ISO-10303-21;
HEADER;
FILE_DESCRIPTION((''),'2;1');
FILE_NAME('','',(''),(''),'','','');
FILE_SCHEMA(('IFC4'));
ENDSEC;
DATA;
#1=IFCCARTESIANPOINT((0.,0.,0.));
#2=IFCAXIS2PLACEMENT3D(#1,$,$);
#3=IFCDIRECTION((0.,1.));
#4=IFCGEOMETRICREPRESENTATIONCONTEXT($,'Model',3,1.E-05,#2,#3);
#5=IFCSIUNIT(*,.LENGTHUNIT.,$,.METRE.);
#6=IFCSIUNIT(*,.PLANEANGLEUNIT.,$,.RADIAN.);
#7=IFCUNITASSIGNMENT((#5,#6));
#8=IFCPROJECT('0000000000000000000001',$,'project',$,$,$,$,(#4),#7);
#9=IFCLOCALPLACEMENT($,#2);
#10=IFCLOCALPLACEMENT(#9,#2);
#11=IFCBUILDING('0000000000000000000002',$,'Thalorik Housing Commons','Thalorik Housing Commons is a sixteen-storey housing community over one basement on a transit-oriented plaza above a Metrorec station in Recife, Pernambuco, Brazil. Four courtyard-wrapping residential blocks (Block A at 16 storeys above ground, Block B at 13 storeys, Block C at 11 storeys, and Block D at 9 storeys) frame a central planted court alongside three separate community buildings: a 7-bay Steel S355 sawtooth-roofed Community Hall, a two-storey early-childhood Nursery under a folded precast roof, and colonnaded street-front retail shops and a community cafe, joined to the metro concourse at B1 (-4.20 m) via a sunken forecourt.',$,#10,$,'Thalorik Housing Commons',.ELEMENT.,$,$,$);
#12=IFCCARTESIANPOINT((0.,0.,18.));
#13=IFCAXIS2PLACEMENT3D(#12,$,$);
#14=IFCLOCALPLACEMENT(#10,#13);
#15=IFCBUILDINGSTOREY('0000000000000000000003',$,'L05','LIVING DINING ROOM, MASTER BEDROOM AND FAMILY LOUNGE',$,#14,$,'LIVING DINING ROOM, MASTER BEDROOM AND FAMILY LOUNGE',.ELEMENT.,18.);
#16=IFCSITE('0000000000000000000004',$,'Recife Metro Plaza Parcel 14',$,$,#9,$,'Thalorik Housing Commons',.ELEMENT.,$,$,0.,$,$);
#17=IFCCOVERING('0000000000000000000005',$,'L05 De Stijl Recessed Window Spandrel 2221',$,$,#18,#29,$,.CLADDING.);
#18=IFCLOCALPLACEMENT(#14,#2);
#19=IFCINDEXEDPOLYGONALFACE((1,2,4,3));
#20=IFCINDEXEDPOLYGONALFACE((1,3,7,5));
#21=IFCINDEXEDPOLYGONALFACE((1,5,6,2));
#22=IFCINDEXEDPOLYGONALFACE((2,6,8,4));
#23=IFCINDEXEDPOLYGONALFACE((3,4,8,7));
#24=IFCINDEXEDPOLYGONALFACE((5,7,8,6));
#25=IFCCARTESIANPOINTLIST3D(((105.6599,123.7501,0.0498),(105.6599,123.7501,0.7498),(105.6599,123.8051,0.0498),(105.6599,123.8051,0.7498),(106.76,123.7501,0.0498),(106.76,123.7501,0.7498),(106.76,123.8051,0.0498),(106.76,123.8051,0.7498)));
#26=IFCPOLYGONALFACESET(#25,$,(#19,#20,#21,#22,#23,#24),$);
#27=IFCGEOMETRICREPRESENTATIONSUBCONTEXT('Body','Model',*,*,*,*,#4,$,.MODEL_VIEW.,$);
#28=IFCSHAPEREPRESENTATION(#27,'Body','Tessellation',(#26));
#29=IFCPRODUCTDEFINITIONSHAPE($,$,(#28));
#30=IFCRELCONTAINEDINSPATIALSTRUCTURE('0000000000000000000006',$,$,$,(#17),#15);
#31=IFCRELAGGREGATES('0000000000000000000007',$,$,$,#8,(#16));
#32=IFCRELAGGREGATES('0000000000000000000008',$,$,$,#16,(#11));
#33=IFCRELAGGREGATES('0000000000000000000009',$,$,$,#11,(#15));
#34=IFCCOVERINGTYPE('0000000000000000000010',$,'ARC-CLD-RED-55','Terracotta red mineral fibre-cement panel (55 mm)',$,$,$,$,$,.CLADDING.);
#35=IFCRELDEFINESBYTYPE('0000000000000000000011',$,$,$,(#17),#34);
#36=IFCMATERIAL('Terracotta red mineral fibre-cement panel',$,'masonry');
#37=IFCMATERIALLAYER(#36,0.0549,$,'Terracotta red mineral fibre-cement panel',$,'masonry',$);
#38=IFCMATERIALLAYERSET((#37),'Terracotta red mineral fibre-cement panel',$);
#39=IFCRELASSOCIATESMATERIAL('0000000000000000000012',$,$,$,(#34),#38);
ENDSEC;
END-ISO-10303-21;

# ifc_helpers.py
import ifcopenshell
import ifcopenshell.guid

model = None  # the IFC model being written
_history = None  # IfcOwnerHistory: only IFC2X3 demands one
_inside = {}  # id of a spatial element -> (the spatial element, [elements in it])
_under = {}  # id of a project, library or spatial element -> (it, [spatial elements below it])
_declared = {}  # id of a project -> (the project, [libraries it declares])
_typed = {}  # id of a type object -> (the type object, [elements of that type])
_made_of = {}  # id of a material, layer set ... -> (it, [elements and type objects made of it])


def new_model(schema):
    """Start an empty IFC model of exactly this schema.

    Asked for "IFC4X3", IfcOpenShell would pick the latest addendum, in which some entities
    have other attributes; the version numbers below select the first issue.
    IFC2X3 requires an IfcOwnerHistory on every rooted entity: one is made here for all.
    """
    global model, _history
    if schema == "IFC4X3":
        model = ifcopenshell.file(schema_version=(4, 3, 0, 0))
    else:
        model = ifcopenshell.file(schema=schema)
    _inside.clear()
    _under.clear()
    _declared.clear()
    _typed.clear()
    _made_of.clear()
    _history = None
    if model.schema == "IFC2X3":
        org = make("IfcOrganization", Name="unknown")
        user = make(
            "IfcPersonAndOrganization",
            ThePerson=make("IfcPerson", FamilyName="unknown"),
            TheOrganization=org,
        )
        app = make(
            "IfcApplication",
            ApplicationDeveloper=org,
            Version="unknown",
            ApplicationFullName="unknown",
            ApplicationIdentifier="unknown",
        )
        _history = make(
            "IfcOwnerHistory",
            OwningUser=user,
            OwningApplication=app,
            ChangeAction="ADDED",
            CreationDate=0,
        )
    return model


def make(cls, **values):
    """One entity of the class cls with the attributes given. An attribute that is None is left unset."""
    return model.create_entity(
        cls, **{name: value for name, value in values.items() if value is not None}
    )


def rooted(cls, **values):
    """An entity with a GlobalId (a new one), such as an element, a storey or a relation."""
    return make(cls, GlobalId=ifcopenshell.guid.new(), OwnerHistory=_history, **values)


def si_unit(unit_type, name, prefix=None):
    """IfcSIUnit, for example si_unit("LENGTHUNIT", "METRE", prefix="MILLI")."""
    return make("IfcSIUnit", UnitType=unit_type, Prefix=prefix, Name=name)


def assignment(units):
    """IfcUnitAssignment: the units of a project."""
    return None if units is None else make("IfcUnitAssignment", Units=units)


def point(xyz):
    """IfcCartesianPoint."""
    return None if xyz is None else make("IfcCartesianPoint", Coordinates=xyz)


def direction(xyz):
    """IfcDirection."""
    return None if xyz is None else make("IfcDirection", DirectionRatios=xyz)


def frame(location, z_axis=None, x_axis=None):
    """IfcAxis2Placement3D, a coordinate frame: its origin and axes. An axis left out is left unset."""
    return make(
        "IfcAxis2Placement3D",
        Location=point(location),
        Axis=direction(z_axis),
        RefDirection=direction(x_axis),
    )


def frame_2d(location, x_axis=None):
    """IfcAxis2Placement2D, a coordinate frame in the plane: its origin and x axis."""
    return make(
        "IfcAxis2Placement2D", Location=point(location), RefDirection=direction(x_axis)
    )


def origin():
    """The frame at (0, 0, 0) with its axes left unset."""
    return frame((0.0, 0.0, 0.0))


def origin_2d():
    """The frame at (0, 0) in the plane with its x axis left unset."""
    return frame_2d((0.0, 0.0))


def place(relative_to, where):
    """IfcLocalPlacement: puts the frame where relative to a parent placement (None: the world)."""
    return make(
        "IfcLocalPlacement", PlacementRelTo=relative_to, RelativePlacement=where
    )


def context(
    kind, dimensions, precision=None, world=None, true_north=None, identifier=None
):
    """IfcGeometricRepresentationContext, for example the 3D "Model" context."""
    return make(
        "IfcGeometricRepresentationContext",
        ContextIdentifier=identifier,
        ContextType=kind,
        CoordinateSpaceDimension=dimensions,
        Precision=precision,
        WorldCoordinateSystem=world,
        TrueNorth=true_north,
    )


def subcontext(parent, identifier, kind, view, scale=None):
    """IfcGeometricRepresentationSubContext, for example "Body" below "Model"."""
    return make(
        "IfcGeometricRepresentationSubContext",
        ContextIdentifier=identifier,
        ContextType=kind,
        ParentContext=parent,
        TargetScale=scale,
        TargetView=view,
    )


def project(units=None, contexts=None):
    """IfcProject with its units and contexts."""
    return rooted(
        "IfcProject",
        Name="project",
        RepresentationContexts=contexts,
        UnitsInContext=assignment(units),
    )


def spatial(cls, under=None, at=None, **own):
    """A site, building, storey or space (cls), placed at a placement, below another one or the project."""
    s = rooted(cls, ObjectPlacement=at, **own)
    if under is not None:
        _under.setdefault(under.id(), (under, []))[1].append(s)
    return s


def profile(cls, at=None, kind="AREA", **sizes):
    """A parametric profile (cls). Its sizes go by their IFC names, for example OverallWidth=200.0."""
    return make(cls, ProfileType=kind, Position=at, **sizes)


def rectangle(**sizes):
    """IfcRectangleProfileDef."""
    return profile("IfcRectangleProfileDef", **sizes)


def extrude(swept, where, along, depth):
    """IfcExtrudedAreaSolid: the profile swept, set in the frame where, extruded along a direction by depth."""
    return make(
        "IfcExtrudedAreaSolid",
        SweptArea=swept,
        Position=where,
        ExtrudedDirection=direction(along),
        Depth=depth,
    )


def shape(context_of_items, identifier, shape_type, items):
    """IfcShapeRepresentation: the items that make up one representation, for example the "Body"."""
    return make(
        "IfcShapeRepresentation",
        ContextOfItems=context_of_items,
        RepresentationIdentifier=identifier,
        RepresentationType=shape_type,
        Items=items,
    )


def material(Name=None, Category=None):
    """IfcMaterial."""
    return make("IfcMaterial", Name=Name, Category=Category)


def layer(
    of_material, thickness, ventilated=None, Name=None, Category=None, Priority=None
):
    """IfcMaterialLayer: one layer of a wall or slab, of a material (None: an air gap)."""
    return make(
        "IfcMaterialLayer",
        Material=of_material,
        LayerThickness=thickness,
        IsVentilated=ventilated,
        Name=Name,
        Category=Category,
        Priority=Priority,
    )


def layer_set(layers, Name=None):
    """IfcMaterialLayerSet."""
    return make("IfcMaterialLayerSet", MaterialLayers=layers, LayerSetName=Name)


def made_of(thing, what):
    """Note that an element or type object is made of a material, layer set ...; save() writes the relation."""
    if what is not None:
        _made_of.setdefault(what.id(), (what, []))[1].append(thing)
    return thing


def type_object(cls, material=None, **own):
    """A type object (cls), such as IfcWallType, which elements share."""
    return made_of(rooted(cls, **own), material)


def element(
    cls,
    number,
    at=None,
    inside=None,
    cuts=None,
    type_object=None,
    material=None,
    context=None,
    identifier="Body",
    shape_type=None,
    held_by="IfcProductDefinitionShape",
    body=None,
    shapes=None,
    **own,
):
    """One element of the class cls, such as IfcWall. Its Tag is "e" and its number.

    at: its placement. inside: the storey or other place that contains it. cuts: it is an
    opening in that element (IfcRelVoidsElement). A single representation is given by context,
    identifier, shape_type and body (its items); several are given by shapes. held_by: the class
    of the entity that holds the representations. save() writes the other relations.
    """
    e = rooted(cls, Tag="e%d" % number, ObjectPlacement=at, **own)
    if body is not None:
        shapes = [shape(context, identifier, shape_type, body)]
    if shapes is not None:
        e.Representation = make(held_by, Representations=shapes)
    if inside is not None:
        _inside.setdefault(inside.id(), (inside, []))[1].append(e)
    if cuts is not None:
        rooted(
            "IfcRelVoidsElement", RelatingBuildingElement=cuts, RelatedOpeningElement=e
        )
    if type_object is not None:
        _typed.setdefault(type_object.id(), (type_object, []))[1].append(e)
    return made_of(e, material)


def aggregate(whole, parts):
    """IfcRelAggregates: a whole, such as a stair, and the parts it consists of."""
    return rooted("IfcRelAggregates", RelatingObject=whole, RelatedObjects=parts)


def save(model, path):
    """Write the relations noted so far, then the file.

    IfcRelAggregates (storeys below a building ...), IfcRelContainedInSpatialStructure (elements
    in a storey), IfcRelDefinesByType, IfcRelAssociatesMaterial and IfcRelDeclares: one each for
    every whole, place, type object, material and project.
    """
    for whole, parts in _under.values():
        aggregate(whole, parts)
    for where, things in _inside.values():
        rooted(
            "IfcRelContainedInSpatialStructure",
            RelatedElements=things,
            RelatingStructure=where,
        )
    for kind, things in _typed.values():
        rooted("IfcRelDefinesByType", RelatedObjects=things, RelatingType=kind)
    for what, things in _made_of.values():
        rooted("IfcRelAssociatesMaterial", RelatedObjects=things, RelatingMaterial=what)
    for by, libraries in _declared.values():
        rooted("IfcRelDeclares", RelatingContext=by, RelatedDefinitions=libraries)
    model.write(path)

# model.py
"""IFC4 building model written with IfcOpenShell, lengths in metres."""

from ifc_helpers import new_model, si_unit, direction, frame, origin, origin_2d, place, context, subcontext, project, spatial, rectangle, extrude, material, layer, layer_set, type_object, element, save


model = new_model("IFC4")

# Units and contexts
model_context = context("Model", 3, precision=1e-05, world=origin(), true_north=direction((0.0, 1.0)))
body_context = subcontext(model_context, "Body", "Model", "MODEL_VIEW")
ifc_project = project(units=[si_unit("LENGTHUNIT", "METRE"), si_unit("PLANEANGLEUNIT", "RADIAN")], contexts=[model_context])

# Site, building, storey
site_placement = place(None, origin())
site = spatial("IfcSite", under=ifc_project, at=site_placement, Name="Recife Metro Plaza Parcel 14", LongName="Thalorik Housing Commons", CompositionType="ELEMENT", RefElevation=0.0)
building_placement = place(site_placement, origin())
building = spatial("IfcBuilding", under=site, at=building_placement, Name="Thalorik Housing Commons", Description="Thalorik Housing Commons is a sixteen-storey housing community over one basement on a transit-oriented plaza above a Metrorec station in Recife, Pernambuco, Brazil. Four courtyard-wrapping residential blocks (Block A at 16 storeys above ground, Block B at 13 storeys, Block C at 11 storeys, and Block D at 9 storeys) frame a central planted court alongside three separate community buildings: a 7-bay Steel S355 sawtooth-roofed Community Hall, a two-storey early-childhood Nursery under a folded precast roof, and colonnaded street-front retail shops and a community cafe, joined to the metro concourse at B1 (-4.20 m) via a sunken forecourt.", LongName="Thalorik Housing Commons", CompositionType="ELEMENT")
storey_placement = place(building_placement, frame((0.0, 0.0, 18.0)))
storey = spatial("IfcBuildingStorey", under=building, at=storey_placement, Name="L05", Description="LIVING DINING ROOM, MASTER BEDROOM AND FAMILY LOUNGE", LongName="LIVING DINING ROOM, MASTER BEDROOM AND FAMILY LOUNGE", CompositionType="ELEMENT", Elevation=18.0)

# Covering
ifc_material_1 = material(Name="Terracotta red mineral fibre-cement panel", Category="masonry")
ifc_layer_1 = layer(ifc_material_1, 0.0549, Name="Terracotta red mineral fibre-cement panel", Category="masonry")
ifc_layer_set_1 = layer_set([ifc_layer_1], Name="Terracotta red mineral fibre-cement panel")
covering_type_1 = type_object("IfcCoveringType", Name="ARC-CLD-RED-55", Description="Terracotta red mineral fibre-cement panel (55 mm)", PredefinedType="CLADDING", material=ifc_layer_set_1)
covering_1_placement = place(storey_placement, frame((106.21, 123.7776, 0.0498), z_axis=(0.0, 0.0, 1.0), x_axis=(-1.0, 0.0, 0.0)))
element("IfcCovering", 1, at=covering_1_placement, inside=storey, type_object=covering_type_1, Name="L05 De Stijl Recessed Window Spandrel 2221", PredefinedType="CLADDING", context=body_context, shape_type="SweptSolid", body=[
    extrude(rectangle(XDim=1.1001, YDim=0.0549, at=origin_2d()), origin(), (0.0, 0.0, 1.0), 0.7),
])

save(model, "model.ifc")
